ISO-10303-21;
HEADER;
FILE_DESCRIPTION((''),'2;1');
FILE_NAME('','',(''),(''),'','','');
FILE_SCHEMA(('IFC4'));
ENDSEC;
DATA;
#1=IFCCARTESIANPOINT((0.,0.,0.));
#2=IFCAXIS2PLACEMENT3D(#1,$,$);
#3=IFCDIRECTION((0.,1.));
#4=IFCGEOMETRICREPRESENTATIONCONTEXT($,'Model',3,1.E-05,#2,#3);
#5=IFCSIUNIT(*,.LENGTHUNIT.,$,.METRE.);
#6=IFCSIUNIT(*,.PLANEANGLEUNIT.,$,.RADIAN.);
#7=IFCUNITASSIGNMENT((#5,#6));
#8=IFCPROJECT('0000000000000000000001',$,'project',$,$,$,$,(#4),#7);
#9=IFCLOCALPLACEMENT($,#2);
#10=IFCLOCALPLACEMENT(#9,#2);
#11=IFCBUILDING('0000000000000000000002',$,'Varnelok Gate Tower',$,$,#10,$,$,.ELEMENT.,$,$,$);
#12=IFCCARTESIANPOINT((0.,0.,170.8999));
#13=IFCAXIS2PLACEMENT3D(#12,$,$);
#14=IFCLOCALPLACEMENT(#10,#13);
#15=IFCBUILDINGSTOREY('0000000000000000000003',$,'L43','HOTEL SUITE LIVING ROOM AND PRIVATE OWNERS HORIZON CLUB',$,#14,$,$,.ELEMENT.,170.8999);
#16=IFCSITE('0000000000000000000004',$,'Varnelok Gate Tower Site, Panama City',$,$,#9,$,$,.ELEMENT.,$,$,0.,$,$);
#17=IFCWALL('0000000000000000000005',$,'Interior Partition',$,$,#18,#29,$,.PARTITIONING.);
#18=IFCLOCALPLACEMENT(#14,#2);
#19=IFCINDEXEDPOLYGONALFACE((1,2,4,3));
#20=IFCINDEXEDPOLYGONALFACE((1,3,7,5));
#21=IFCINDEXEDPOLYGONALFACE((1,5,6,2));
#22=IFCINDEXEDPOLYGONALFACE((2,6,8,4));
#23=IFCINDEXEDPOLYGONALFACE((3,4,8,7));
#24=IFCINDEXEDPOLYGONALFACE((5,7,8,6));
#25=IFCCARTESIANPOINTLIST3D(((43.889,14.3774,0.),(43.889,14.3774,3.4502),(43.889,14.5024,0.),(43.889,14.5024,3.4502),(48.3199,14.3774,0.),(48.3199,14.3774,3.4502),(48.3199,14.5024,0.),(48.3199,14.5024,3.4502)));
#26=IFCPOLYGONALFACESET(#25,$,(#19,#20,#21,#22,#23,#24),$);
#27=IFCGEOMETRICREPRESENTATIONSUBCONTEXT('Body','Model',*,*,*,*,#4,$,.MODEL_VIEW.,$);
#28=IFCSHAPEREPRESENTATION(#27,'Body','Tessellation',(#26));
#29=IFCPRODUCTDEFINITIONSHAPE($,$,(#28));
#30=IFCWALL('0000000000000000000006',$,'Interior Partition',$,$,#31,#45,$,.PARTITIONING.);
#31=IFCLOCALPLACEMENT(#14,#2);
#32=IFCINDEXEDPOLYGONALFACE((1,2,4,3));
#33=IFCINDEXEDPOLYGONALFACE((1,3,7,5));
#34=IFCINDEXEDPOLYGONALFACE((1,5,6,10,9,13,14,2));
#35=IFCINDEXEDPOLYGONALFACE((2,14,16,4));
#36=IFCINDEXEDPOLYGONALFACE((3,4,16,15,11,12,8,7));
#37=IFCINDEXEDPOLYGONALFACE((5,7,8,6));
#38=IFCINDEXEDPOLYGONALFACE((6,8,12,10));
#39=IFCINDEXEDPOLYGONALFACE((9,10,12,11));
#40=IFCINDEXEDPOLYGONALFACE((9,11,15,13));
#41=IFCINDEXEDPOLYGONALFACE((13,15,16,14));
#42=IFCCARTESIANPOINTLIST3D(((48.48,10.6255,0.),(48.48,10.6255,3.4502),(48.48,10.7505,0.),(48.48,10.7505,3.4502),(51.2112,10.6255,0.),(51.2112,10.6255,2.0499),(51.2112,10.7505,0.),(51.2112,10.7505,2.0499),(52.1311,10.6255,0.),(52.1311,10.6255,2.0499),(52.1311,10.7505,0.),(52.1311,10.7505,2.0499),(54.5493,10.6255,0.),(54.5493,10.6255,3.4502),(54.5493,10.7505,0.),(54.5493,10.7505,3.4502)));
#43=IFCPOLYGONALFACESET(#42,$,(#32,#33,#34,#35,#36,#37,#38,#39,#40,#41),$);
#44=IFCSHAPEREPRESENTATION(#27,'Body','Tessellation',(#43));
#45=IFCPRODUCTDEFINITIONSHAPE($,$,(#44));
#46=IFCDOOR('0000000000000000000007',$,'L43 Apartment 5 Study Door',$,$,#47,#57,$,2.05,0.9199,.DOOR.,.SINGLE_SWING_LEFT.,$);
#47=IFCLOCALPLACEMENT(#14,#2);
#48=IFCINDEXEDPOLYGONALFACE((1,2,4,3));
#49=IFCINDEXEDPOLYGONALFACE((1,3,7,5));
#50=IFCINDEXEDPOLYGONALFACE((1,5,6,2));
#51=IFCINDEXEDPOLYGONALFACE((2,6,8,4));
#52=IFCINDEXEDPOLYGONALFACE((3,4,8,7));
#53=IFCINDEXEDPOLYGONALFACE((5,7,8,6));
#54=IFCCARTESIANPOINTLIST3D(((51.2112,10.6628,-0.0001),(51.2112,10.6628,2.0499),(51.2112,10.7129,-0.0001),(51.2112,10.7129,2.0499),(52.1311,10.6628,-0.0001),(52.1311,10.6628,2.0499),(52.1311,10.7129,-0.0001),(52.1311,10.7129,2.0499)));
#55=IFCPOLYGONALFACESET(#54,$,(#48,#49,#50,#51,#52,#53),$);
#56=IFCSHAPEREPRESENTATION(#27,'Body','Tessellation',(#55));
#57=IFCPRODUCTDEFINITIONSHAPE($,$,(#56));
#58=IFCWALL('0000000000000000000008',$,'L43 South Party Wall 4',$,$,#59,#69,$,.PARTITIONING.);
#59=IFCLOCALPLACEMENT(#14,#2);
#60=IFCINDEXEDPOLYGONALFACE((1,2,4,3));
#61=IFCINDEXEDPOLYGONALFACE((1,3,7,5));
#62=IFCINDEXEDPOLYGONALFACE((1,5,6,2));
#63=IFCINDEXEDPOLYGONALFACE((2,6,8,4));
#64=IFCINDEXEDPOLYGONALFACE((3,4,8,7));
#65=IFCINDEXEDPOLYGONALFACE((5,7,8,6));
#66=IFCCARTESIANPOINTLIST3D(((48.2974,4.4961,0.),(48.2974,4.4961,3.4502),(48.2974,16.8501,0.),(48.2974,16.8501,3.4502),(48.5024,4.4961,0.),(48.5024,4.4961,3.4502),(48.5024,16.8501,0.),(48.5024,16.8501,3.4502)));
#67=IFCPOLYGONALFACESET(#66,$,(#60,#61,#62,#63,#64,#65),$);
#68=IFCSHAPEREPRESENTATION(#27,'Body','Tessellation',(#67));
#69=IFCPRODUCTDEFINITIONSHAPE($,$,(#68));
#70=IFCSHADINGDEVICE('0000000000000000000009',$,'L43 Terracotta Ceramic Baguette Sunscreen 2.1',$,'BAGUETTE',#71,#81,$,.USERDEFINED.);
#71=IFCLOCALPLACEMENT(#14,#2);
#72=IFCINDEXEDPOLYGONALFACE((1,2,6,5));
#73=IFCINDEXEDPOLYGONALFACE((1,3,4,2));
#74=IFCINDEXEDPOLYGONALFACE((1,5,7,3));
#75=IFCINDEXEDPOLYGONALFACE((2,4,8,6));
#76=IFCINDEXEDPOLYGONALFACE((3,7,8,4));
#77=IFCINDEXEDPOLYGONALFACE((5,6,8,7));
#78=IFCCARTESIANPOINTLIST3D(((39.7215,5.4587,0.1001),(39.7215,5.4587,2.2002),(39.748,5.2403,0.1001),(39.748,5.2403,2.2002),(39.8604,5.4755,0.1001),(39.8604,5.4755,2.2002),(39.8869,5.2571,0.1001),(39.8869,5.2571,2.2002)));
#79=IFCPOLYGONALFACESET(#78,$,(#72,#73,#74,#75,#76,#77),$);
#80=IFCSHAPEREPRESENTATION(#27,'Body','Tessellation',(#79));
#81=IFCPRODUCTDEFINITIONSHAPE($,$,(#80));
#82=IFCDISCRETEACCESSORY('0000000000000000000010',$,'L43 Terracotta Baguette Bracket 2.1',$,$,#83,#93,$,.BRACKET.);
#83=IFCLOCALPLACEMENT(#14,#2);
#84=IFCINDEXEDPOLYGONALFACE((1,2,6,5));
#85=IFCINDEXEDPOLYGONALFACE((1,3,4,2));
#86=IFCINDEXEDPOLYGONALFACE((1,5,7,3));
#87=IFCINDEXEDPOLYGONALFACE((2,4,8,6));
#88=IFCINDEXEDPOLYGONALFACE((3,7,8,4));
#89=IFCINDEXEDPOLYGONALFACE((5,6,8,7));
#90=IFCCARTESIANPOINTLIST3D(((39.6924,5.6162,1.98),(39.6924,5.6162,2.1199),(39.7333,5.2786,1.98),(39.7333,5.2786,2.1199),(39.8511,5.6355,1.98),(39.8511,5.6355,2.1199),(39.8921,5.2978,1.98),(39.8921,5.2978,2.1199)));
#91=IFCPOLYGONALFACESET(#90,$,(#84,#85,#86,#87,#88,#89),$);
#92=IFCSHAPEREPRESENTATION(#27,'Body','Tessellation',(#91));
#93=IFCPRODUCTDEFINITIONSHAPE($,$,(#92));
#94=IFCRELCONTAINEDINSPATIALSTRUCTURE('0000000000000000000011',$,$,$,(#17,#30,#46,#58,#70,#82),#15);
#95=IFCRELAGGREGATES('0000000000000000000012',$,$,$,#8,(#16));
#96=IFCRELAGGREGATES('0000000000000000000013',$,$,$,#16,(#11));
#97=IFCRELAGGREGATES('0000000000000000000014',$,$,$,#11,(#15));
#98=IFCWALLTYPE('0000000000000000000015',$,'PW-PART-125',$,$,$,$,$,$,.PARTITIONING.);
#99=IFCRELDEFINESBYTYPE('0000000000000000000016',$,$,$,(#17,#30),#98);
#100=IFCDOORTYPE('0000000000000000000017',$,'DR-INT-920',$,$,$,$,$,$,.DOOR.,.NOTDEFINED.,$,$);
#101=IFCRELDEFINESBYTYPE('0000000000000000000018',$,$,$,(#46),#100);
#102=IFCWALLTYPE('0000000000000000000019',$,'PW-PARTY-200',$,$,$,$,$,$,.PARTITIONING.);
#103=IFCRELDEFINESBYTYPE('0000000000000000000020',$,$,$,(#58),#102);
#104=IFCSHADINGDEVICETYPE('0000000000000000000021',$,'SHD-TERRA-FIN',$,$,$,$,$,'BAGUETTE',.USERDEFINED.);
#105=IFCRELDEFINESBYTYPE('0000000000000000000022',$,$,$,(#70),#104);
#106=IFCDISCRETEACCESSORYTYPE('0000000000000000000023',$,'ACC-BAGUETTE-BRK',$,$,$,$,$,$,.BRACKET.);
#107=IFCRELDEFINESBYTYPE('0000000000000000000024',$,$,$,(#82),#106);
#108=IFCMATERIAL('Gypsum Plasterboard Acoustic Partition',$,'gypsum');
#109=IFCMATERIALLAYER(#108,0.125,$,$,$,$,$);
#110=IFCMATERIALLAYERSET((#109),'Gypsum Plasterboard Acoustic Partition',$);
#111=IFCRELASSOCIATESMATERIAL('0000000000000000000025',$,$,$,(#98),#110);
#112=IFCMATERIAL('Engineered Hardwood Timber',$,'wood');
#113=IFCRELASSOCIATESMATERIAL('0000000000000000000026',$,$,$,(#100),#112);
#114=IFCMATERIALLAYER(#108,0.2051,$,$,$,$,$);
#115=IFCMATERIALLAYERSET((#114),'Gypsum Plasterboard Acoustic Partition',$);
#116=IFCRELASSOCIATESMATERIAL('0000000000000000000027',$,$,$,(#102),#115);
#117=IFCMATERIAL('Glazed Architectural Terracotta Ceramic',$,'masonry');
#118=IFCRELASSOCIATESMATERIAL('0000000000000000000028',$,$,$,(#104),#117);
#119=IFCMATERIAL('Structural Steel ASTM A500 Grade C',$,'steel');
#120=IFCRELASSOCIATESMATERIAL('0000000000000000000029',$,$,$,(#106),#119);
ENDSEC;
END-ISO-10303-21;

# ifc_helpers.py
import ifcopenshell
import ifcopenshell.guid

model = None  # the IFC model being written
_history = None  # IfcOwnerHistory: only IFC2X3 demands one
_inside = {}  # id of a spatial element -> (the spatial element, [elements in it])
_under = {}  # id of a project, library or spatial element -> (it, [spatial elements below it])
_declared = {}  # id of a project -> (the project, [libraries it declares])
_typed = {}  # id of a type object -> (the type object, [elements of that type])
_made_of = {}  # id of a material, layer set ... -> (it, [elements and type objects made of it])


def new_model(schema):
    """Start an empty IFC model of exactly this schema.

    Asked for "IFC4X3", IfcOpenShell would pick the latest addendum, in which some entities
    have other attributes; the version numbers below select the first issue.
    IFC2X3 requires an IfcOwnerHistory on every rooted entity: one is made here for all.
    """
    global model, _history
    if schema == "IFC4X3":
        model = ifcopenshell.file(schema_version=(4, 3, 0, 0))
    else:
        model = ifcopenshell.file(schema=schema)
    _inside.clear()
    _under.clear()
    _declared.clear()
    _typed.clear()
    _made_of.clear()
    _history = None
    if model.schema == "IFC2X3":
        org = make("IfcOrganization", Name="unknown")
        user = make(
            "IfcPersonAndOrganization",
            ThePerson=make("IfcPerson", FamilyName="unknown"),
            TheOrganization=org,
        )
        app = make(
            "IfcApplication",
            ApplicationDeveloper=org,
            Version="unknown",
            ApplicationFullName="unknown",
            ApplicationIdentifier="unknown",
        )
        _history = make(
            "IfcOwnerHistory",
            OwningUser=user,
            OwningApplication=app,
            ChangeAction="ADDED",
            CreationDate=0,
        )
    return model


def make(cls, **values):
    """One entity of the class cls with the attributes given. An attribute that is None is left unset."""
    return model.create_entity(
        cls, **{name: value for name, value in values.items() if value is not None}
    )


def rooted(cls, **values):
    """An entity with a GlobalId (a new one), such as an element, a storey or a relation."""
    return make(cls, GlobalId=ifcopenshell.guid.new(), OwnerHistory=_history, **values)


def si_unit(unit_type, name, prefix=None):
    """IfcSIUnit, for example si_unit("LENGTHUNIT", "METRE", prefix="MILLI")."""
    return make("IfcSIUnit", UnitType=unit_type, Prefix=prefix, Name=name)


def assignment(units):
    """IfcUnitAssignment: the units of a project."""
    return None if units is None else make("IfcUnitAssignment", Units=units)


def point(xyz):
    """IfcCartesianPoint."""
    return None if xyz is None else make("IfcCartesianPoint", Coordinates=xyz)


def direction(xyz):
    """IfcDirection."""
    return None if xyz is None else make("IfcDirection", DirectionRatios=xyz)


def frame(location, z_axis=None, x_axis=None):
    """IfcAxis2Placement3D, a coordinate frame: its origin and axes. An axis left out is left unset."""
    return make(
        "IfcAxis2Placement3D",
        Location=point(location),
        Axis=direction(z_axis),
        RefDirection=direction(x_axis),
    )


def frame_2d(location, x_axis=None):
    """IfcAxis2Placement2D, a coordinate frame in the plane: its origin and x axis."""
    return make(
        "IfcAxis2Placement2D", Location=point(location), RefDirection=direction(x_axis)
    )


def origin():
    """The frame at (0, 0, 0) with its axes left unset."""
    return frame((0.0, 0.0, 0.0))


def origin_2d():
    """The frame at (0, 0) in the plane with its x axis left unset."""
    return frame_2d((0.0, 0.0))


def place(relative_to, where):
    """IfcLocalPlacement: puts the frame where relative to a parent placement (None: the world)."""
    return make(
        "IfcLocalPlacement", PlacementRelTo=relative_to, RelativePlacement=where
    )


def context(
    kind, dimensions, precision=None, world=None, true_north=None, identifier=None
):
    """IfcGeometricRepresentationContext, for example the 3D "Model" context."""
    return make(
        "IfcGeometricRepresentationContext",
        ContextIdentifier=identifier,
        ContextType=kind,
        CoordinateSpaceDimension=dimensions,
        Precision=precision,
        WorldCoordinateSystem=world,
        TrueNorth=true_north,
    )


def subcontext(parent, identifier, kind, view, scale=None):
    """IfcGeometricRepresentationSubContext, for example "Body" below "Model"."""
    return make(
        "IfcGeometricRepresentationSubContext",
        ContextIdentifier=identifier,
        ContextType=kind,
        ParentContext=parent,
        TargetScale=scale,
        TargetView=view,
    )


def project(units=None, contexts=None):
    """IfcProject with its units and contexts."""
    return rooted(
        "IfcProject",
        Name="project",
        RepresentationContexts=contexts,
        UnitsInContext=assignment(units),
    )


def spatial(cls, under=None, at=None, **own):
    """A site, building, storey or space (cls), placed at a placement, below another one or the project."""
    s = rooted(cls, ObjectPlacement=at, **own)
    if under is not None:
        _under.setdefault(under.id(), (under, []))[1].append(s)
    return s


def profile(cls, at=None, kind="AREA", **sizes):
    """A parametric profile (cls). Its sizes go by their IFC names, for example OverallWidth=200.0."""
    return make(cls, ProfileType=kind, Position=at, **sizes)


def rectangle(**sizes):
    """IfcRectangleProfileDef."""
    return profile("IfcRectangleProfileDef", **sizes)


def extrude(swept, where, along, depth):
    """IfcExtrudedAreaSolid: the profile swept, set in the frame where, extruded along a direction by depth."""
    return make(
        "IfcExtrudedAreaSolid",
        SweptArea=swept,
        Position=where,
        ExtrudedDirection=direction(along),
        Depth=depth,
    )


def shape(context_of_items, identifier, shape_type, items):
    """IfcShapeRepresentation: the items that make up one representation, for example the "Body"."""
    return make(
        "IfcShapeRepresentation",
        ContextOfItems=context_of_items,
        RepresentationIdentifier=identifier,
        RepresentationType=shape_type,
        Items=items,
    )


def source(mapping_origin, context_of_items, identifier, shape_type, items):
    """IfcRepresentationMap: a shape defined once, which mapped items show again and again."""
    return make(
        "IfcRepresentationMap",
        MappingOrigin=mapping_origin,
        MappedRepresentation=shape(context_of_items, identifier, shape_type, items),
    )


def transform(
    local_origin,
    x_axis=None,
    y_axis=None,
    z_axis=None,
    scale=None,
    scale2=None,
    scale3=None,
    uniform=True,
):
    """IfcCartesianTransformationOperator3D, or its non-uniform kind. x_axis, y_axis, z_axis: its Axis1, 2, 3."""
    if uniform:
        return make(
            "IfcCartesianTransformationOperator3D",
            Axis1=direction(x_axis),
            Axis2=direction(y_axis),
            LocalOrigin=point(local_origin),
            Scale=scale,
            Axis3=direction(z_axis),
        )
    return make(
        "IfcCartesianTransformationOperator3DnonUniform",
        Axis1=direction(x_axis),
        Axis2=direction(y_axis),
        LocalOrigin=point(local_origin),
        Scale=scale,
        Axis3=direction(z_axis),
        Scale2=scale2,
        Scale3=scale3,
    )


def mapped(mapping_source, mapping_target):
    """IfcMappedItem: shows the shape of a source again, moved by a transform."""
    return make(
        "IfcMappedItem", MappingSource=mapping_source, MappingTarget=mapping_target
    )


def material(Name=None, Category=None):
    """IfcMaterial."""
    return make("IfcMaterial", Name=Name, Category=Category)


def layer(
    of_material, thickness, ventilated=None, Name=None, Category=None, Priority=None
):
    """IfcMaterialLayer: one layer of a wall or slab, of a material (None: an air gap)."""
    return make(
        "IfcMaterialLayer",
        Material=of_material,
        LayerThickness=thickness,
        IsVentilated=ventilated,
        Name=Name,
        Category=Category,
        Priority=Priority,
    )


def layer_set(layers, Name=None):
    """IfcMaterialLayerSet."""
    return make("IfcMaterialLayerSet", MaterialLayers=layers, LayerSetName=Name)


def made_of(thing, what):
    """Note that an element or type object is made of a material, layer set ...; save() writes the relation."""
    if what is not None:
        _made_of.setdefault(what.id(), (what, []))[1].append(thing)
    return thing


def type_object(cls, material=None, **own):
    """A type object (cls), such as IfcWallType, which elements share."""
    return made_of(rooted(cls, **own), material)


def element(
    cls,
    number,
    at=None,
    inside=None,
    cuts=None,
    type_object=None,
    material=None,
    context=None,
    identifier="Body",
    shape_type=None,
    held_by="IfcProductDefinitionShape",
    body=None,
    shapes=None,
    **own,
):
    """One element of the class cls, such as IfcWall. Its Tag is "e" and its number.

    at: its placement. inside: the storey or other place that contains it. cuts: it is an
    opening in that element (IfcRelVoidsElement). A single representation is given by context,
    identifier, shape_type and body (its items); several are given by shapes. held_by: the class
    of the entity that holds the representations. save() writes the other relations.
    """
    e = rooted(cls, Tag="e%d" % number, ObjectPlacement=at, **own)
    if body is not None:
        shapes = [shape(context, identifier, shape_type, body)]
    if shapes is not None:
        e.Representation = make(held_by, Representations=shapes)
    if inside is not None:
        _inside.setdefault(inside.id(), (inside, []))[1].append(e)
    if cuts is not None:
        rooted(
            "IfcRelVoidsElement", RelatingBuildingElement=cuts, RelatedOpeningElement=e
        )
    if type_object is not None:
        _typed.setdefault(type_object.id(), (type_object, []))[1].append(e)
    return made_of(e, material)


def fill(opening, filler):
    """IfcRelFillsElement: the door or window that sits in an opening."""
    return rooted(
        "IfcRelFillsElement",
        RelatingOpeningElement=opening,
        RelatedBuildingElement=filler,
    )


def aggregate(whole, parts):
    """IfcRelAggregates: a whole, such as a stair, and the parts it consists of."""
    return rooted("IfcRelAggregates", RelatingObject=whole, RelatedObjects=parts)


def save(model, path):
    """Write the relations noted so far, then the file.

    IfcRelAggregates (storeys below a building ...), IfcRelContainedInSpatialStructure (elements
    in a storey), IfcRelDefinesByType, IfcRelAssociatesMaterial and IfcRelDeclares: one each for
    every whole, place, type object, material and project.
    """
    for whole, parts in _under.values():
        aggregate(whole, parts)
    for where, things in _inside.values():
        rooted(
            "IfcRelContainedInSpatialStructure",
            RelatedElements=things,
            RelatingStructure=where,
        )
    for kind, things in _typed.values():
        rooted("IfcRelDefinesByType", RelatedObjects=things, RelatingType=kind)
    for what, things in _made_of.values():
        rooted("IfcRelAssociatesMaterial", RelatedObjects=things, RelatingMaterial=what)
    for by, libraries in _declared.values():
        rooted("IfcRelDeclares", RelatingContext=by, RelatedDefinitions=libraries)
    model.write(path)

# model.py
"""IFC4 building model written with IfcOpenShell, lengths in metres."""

from ifc_helpers import new_model, si_unit, direction, frame, frame_2d, origin, origin_2d, place, context, subcontext, project, spatial, rectangle, extrude, source, transform, mapped, material, layer, layer_set, type_object, element, fill, save


model = new_model("IFC4")

# Units and contexts
model_context = context("Model", 3, precision=1e-05, world=origin(), true_north=direction((0.0, 1.0)))
body_context = subcontext(model_context, "Body", "Model", "MODEL_VIEW")
ifc_project = project(units=[si_unit("LENGTHUNIT", "METRE"), si_unit("PLANEANGLEUNIT", "RADIAN")], contexts=[model_context])

# Site, building, storey
site_placement = place(None, origin())
site = spatial("IfcSite", under=ifc_project, at=site_placement, Name="Varnelok Gate Tower Site, Panama City", CompositionType="ELEMENT", RefElevation=0.0)
building_placement = place(site_placement, origin())
building = spatial("IfcBuilding", under=site, at=building_placement, Name="Varnelok Gate Tower", CompositionType="ELEMENT")
storey_placement = place(building_placement, frame((0.0, 0.0, 170.8999)))
storey = spatial("IfcBuildingStorey", under=building, at=storey_placement, Name="L43", Description="HOTEL SUITE LIVING ROOM AND PRIVATE OWNERS HORIZON CLUB", CompositionType="ELEMENT", Elevation=170.8999)

# Shared definitions
ifc_material_1 = material(Name="Gypsum Plasterboard Acoustic Partition", Category="gypsum")

# Shared definitions
ifc_layer_1 = layer(ifc_material_1, 0.125)
ifc_layer_set_1 = layer_set([ifc_layer_1], Name="Gypsum Plasterboard Acoustic Partition")
wall_type_1 = type_object("IfcWallType", Name="PW-PART-125", PredefinedType="PARTITIONING", material=ifc_layer_set_1)
ifc_material_2 = material(Name="Engineered Hardwood Timber", Category="wood")
door_type_1 = type_object("IfcDoorType", Name="DR-INT-920", OperationType="NOTDEFINED", PredefinedType="DOOR", material=ifc_material_2)

# Wall
wall_1_placement = place(storey_placement, frame((43.8892, 14.4399, 0.0), z_axis=(0.0, 0.0, 1.0), x_axis=(1.0, 0.0, 0.0)))
element("IfcWall", 1, at=wall_1_placement, inside=storey, type_object=wall_type_1, Name="Interior Partition", PredefinedType="PARTITIONING", context=body_context, shape_type="SweptSolid", body=[
    extrude(rectangle(XDim=4.4309, YDim=0.125, at=frame_2d((2.2153, 0.0))), origin(), (0.0, 0.0, 1.0), 3.4502),
])

# Wall, opening, door
wall_2_placement = place(storey_placement, frame((48.48, 10.688, 0.0), z_axis=(0.0, 0.0, 1.0), x_axis=(1.0, 0.0, 0.0)))
wall_2 = element("IfcWall", 2, at=wall_2_placement, inside=storey, type_object=wall_type_1, Name="Interior Partition", PredefinedType="PARTITIONING", context=body_context, shape_type="SweptSolid", body=[
    extrude(rectangle(XDim=6.0693, YDim=0.125, at=frame_2d((3.0347, 0.0))), origin(), (0.0, 0.0, 1.0), 3.4502),
])
opening_1_placement = place(wall_2_placement, frame((2.7312, 0.0, 0.0)))
opening_1 = element("IfcOpeningElement", 3, at=opening_1_placement, cuts=wall_2, PredefinedType="OPENING", context=body_context, shape_type="SweptSolid", body=[
    extrude(rectangle(XDim=0.9199, YDim=2.05, at=frame_2d((0.46, 1.0249))), frame((0.0, 0.0725, 0.0), z_axis=(0.0, -1.0, 0.0), x_axis=(1.0, 0.0, 0.0)), (0.0, 0.0, 1.0), 0.145),
])
door_1_placement = place(opening_1_placement, origin())
door_1 = element("IfcDoor", 4, at=door_1_placement, inside=storey, type_object=door_type_1, Name="L43 Apartment 5 Study Door", OperationType="SINGLE_SWING_LEFT", OverallHeight=2.05, OverallWidth=0.9199, PredefinedType="DOOR", context=body_context, shape_type="SweptSolid", body=[
    extrude(rectangle(XDim=0.9199, YDim=2.05, at=frame_2d((0.46, 1.0249))), frame((0.0, 0.0249, 0.0), z_axis=(0.0, -1.0, 0.0), x_axis=(1.0, 0.0, 0.0)), (0.0, 0.0, 1.0), 0.05),
])
fill(opening_1, door_1)

# Wall
ifc_layer_2 = layer(ifc_material_1, 0.2051)
ifc_layer_set_2 = layer_set([ifc_layer_2], Name="Gypsum Plasterboard Acoustic Partition")
wall_type_2 = type_object("IfcWallType", Name="PW-PARTY-200", PredefinedType="PARTITIONING", material=ifc_layer_set_2)
wall_3_placement = place(storey_placement, frame((48.3999, 4.4961, 0.0), z_axis=(0.0, 0.0, 1.0), x_axis=(0.0, 1.0, 0.0)))
element("IfcWall", 5, at=wall_3_placement, inside=storey, type_object=wall_type_2, Name="L43 South Party Wall 4", PredefinedType="PARTITIONING", context=body_context, shape_type="SweptSolid", body=[
    extrude(rectangle(XDim=12.354, YDim=0.2051, at=frame_2d((6.177, 0.0))), origin(), (0.0, 0.0, 1.0), 3.4502),
])

# Shading device
ifc_material_3 = material(Name="Glazed Architectural Terracotta Ceramic", Category="masonry")
shading_device_type = type_object("IfcShadingDeviceType", Name="SHD-TERRA-FIN", ElementType="BAGUETTE", PredefinedType="USERDEFINED", material=ifc_material_3)
shared_shape_1 = source(origin(), body_context, "Body", "SweptSolid", [
    extrude(rectangle(XDim=0.1399, YDim=0.22, at=origin_2d()), origin(), (0.0, 0.0, 1.0), 2.1001),
])
shading_device_placement = place(storey_placement, frame((39.8042, 5.3579, 0.1001), z_axis=(0.0, 0.0, 1.0), x_axis=(0.992732, 0.120345, 0.0)))
element("IfcShadingDevice", 6, at=shading_device_placement, inside=storey, type_object=shading_device_type, Name="L43 Terracotta Ceramic Baguette Sunscreen 2.1", ObjectType="BAGUETTE", PredefinedType="USERDEFINED", context=body_context, shape_type="MappedRepresentation", body=[
    mapped(shared_shape_1, transform((0.0, 0.0, 0.0), scale=1.0)),
])

# Discrete accessory
ifc_material_4 = material(Name="Structural Steel ASTM A500 Grade C", Category="steel")
discrete_accessory_type = type_object("IfcDiscreteAccessoryType", Name="ACC-BAGUETTE-BRK", PredefinedType="BRACKET", material=ifc_material_4)
shared_shape_2 = source(origin(), body_context, "Body", "SweptSolid", [
    extrude(rectangle(XDim=0.1599, YDim=0.3401, at=origin_2d()), origin(), (0.0, 0.0, 1.0), 0.1399),
])
discrete_accessory_placement = place(storey_placement, frame((39.7922, 5.457, 1.98), z_axis=(0.0, 0.0, 1.0), x_axis=(0.992732, 0.120345, 0.0)))
element("IfcDiscreteAccessory", 7, at=discrete_accessory_placement, inside=storey, type_object=discrete_accessory_type, Name="L43 Terracotta Baguette Bracket 2.1", PredefinedType="BRACKET", context=body_context, shape_type="MappedRepresentation", body=[
    mapped(shared_shape_2, transform((0.0, 0.0, 0.0), scale=1.0)),
])

save(model, "model.ifc")
